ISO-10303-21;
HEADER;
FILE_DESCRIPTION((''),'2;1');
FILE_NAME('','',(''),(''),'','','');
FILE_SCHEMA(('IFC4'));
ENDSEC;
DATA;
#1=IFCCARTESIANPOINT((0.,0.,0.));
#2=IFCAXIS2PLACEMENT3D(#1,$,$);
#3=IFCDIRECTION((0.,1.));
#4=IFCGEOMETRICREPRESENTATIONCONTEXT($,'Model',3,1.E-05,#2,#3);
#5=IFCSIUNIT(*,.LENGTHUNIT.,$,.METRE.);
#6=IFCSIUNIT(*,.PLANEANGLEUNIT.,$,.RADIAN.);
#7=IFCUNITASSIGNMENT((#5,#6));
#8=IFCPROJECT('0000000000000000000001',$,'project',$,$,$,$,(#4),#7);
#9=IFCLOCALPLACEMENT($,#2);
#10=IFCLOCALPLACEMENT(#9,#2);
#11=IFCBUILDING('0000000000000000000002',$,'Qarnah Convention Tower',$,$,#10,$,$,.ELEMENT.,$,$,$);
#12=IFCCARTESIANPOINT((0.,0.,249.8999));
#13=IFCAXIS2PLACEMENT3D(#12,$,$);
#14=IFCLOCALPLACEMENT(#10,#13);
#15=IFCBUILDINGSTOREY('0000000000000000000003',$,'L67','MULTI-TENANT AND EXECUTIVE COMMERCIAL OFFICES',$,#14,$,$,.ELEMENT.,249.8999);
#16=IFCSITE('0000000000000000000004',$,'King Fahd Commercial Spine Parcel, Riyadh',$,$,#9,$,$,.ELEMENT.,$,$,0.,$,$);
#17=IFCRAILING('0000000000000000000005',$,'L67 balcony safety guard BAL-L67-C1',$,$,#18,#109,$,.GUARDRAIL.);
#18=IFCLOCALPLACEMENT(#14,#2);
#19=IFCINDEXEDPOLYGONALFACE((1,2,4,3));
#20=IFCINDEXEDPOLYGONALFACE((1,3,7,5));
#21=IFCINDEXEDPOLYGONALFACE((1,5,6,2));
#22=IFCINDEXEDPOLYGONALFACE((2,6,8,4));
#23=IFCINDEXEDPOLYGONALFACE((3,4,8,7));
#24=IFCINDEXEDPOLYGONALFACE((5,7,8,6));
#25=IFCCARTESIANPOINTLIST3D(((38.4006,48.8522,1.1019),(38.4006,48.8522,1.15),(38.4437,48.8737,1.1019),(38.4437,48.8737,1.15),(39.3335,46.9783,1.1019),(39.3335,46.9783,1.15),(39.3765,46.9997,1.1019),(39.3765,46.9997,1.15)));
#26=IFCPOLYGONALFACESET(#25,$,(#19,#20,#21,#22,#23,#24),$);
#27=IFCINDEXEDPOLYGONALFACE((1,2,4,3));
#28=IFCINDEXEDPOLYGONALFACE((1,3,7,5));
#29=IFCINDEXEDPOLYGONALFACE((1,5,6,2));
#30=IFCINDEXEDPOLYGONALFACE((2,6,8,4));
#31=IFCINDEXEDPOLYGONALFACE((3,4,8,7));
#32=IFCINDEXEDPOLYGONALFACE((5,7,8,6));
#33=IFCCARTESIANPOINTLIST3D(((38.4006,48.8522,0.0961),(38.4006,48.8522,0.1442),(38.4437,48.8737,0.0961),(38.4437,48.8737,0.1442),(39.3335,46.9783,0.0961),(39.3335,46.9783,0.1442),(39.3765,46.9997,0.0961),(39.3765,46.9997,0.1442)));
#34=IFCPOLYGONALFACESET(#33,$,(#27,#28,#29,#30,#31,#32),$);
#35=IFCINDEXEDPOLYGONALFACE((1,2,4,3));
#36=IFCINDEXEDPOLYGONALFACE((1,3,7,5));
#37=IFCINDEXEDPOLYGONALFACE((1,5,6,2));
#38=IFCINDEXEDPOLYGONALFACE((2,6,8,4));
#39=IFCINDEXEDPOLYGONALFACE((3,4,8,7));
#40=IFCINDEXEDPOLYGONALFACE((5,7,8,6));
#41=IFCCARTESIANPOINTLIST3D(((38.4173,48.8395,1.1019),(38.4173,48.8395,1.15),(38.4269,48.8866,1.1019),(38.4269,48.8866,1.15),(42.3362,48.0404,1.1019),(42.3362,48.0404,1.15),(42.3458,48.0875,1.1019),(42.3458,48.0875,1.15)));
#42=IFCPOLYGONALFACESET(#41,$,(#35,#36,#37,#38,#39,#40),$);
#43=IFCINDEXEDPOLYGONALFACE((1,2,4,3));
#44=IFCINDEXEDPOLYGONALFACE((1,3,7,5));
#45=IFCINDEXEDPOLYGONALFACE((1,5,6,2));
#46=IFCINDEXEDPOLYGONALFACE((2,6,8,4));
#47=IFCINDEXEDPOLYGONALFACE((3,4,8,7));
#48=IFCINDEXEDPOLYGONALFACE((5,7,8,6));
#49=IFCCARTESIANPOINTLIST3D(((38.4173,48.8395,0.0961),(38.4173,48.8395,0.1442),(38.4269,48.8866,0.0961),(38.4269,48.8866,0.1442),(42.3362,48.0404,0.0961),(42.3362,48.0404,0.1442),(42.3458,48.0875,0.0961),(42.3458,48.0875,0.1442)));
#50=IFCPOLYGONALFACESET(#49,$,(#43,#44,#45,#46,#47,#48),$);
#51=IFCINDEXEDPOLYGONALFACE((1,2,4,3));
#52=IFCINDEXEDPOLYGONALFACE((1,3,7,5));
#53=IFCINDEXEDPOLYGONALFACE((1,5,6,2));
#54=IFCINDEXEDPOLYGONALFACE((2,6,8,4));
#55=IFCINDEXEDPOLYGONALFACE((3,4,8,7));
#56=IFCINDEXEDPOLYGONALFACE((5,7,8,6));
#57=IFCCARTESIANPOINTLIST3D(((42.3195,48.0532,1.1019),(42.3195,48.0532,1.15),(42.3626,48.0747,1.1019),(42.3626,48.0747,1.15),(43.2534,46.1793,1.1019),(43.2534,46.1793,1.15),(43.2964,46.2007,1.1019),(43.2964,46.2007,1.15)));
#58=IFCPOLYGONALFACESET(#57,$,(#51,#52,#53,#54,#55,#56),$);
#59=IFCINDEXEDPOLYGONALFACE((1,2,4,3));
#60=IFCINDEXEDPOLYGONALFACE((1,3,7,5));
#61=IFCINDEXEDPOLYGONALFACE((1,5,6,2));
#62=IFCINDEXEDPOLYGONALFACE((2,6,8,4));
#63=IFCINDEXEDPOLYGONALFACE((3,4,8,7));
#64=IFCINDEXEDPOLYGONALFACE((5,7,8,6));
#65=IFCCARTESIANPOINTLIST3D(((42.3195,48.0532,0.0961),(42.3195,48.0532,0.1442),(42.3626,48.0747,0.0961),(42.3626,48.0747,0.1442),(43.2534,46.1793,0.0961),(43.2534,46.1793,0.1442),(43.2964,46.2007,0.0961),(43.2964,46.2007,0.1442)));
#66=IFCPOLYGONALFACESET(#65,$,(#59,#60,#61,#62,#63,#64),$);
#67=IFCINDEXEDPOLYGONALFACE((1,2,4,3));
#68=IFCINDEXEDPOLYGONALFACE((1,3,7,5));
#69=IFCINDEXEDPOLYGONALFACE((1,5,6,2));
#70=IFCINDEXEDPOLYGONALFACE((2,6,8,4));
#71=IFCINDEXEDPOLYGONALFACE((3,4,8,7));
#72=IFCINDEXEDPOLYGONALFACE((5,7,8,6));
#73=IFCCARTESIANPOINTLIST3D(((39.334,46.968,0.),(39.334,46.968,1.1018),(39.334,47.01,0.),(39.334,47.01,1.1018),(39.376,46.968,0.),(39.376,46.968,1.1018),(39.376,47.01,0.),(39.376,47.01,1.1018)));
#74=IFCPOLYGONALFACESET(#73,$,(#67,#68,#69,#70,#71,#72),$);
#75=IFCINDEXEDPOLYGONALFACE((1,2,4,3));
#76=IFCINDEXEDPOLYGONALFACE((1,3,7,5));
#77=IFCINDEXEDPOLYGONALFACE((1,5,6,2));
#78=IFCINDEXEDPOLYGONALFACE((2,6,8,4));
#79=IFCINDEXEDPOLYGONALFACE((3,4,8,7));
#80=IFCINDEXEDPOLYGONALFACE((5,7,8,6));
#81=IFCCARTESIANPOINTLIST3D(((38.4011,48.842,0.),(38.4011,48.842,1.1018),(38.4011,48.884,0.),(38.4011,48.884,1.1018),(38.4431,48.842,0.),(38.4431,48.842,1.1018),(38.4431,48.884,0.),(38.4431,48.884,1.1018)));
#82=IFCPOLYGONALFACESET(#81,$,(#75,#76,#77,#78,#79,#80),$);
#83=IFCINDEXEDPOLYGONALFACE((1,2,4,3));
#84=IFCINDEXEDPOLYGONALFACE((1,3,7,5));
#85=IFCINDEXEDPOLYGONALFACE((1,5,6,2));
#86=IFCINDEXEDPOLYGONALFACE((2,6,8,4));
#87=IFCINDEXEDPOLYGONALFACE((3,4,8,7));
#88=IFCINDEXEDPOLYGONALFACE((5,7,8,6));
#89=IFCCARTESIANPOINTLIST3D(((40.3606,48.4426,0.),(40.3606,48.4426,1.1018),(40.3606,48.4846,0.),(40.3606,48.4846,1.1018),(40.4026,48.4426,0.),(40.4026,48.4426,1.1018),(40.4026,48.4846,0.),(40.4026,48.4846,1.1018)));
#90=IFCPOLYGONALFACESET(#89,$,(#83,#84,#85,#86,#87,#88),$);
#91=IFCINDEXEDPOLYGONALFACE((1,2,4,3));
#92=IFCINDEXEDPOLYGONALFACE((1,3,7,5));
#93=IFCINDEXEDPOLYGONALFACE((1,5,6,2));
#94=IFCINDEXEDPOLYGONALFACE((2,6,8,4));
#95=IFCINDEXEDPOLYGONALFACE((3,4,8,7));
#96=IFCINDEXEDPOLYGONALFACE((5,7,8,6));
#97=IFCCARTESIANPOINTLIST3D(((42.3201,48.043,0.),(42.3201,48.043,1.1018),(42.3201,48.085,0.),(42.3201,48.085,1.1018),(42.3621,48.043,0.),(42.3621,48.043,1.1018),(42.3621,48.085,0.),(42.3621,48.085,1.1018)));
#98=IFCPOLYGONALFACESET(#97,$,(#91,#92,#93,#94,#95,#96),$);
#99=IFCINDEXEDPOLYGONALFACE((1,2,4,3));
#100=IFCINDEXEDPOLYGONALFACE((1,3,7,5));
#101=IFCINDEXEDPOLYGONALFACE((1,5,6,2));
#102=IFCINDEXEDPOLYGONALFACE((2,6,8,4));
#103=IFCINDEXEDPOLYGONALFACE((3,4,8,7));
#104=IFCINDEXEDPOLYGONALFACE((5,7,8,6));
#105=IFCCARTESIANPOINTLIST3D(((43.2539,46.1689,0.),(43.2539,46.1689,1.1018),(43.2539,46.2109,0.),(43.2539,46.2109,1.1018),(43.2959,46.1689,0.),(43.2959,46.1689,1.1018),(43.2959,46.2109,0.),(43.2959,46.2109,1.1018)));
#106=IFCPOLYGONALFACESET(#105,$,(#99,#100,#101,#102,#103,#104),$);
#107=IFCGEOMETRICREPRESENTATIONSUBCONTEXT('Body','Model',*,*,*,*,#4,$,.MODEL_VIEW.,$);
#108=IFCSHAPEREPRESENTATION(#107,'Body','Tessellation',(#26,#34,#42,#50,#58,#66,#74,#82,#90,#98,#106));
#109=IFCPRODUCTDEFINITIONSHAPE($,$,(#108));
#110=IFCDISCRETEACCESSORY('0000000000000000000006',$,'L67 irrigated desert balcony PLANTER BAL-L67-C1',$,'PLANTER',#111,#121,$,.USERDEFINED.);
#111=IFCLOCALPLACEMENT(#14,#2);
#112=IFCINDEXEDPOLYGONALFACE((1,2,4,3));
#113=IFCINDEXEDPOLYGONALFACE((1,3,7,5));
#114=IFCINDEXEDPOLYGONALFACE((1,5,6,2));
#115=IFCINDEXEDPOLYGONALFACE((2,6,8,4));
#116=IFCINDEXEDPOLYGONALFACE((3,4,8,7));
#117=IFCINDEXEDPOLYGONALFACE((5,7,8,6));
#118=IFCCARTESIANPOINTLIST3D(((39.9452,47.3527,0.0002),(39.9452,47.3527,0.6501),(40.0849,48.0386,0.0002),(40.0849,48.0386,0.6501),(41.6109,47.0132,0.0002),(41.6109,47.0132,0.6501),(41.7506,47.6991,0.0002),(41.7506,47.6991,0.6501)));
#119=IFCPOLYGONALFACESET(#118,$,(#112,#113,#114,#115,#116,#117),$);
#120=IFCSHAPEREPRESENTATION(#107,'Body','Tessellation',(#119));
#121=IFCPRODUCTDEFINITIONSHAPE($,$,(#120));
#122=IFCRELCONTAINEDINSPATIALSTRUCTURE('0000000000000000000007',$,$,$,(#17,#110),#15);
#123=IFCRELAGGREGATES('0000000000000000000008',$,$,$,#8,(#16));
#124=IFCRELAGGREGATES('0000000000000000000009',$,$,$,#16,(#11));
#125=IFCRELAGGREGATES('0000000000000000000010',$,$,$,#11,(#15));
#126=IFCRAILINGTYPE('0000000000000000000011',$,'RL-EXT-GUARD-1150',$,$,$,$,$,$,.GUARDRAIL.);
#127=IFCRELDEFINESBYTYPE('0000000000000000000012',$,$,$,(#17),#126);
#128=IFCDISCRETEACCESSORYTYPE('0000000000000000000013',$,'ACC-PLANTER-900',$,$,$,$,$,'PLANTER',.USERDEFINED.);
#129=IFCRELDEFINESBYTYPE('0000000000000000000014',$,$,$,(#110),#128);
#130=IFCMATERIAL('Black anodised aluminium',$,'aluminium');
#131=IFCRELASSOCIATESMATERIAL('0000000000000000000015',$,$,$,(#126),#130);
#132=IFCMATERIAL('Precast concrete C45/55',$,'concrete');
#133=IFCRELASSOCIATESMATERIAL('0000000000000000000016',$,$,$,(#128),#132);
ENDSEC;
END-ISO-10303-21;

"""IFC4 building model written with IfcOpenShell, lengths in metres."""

from ifc_helpers import new_model, si_unit, direction, frame, origin, origin_2d, place, context, subcontext, project, spatial, rectangle, extrude, material, type_object, element, save


model = new_model("IFC4")

# Units and contexts
model_context = context("Model", 3, precision=1e-05, world=origin(), true_north=direction((0.0, 1.0)))
body_context = subcontext(model_context, "Body", "Model", "MODEL_VIEW")
ifc_project = project(units=[si_unit("LENGTHUNIT", "METRE"), si_unit("PLANEANGLEUNIT", "RADIAN")], contexts=[model_context])

# Site, building, storey
site_placement = place(None, origin())
site = spatial("IfcSite", under=ifc_project, at=site_placement, Name="King Fahd Commercial Spine Parcel, Riyadh", CompositionType="ELEMENT", RefElevation=0.0)
building_placement = place(site_placement, origin())
building = spatial("IfcBuilding", under=site, at=building_placement, Name="Qarnah Convention Tower", CompositionType="ELEMENT")
storey_placement = place(building_placement, frame((0.0, 0.0, 249.8999)))
storey = spatial("IfcBuildingStorey", under=building, at=storey_placement, Name="L67", Description="MULTI-TENANT AND EXECUTIVE COMMERCIAL OFFICES", CompositionType="ELEMENT", Elevation=249.8999)

# Shared definitions
ifc_material_1 = material(Name="Black anodised aluminium", Category="aluminium")

# Shared definitions
ifc_material_2 = material(Name="Precast concrete C45/55", Category="concrete")

# Railing
railing_type = type_object("IfcRailingType", Name="RL-EXT-GUARD-1150", PredefinedType="GUARDRAIL", material=ifc_material_1)
railing_1_placement = place(storey_placement, frame((39.355, 46.989, 0.0)))
element("IfcRailing", 1, at=railing_1_placement, inside=storey, type_object=railing_type, Name="L67 balcony safety guard BAL-L67-C1", PredefinedType="GUARDRAIL", context=body_context, shape_type="SweptSolid", body=[
    extrude(rectangle(XDim=0.0481, YDim=0.0481, at=origin_2d()), frame((0.0, 0.0, 1.126), z_axis=(-0.445627, 0.895219, 0.0), x_axis=(-0.895219, -0.445627, 0.0)), (0.0, 0.0, 1.0), 2.0933),
    extrude(rectangle(XDim=0.0481, YDim=0.0481, at=origin_2d()), frame((0.0, 0.0, 0.1201), z_axis=(-0.445627, 0.895219, 0.0), x_axis=(-0.895219, -0.445627, 0.0)), (0.0, 0.0, 1.0), 2.0933),
    extrude(rectangle(XDim=0.0481, YDim=0.0481, at=origin_2d()), frame((-0.9329, 1.874, 1.126), z_axis=(0.979839, -0.199789, 0.0), x_axis=(0.199789, 0.979839, 0.0)), (0.0, 0.0, 1.0), 3.9995),
    extrude(rectangle(XDim=0.0481, YDim=0.0481, at=origin_2d()), frame((-0.9329, 1.874, 0.1201), z_axis=(0.979839, -0.199789, 0.0), x_axis=(0.199789, 0.979839, 0.0)), (0.0, 0.0, 1.0), 3.9995),
    extrude(rectangle(XDim=0.0481, YDim=0.0481, at=origin_2d()), frame((2.9861, 1.075, 1.126), z_axis=(0.446001, -0.895033, 0.0), x_axis=(0.895033, 0.446001, 0.0)), (0.0, 0.0, 1.0), 2.0938),
    extrude(rectangle(XDim=0.0481, YDim=0.0481, at=origin_2d()), frame((2.9861, 1.075, 0.1201), z_axis=(0.446001, -0.895033, 0.0), x_axis=(0.895033, 0.446001, 0.0)), (0.0, 0.0, 1.0), 2.0938),
    extrude(rectangle(XDim=0.042, YDim=0.042, at=origin_2d()), origin(), (0.0, 0.0, 1.0), 1.1018),
    extrude(rectangle(XDim=0.042, YDim=0.042, at=origin_2d()), frame((-0.9329, 1.874, 0.0)), (0.0, 0.0, 1.0), 1.1018),
    extrude(rectangle(XDim=0.042, YDim=0.042, at=origin_2d()), frame((1.0266, 1.4746, 0.0)), (0.0, 0.0, 1.0), 1.1018),
    extrude(rectangle(XDim=0.042, YDim=0.042, at=origin_2d()), frame((2.9861, 1.075, 0.0)), (0.0, 0.0, 1.0), 1.1018),
    extrude(rectangle(XDim=0.042, YDim=0.042, at=origin_2d()), frame((3.9199, -0.7991, 0.0)), (0.0, 0.0, 1.0), 1.1018),
])

# Discrete accessory
discrete_accessory_type = type_object("IfcDiscreteAccessoryType", Name="ACC-PLANTER-900", ElementType="PLANTER", PredefinedType="USERDEFINED", material=ifc_material_2)
discrete_accessory_placement = place(storey_placement, frame((40.8479, 47.5259, 0.0002), z_axis=(0.0, 0.0, 1.0), x_axis=(-0.979855, 0.19971, 0.0)))
element("IfcDiscreteAccessory", 2, at=discrete_accessory_placement, inside=storey, type_object=discrete_accessory_type, Name="L67 irrigated desert balcony PLANTER BAL-L67-C1", ObjectType="PLANTER", PredefinedType="USERDEFINED", context=body_context, shape_type="SweptSolid", body=[
    extrude(rectangle(XDim=1.7, YDim=0.7, at=origin_2d()), origin(), (0.0, 0.0, 1.0), 0.6499),
])

save(model, "model.ifc")
